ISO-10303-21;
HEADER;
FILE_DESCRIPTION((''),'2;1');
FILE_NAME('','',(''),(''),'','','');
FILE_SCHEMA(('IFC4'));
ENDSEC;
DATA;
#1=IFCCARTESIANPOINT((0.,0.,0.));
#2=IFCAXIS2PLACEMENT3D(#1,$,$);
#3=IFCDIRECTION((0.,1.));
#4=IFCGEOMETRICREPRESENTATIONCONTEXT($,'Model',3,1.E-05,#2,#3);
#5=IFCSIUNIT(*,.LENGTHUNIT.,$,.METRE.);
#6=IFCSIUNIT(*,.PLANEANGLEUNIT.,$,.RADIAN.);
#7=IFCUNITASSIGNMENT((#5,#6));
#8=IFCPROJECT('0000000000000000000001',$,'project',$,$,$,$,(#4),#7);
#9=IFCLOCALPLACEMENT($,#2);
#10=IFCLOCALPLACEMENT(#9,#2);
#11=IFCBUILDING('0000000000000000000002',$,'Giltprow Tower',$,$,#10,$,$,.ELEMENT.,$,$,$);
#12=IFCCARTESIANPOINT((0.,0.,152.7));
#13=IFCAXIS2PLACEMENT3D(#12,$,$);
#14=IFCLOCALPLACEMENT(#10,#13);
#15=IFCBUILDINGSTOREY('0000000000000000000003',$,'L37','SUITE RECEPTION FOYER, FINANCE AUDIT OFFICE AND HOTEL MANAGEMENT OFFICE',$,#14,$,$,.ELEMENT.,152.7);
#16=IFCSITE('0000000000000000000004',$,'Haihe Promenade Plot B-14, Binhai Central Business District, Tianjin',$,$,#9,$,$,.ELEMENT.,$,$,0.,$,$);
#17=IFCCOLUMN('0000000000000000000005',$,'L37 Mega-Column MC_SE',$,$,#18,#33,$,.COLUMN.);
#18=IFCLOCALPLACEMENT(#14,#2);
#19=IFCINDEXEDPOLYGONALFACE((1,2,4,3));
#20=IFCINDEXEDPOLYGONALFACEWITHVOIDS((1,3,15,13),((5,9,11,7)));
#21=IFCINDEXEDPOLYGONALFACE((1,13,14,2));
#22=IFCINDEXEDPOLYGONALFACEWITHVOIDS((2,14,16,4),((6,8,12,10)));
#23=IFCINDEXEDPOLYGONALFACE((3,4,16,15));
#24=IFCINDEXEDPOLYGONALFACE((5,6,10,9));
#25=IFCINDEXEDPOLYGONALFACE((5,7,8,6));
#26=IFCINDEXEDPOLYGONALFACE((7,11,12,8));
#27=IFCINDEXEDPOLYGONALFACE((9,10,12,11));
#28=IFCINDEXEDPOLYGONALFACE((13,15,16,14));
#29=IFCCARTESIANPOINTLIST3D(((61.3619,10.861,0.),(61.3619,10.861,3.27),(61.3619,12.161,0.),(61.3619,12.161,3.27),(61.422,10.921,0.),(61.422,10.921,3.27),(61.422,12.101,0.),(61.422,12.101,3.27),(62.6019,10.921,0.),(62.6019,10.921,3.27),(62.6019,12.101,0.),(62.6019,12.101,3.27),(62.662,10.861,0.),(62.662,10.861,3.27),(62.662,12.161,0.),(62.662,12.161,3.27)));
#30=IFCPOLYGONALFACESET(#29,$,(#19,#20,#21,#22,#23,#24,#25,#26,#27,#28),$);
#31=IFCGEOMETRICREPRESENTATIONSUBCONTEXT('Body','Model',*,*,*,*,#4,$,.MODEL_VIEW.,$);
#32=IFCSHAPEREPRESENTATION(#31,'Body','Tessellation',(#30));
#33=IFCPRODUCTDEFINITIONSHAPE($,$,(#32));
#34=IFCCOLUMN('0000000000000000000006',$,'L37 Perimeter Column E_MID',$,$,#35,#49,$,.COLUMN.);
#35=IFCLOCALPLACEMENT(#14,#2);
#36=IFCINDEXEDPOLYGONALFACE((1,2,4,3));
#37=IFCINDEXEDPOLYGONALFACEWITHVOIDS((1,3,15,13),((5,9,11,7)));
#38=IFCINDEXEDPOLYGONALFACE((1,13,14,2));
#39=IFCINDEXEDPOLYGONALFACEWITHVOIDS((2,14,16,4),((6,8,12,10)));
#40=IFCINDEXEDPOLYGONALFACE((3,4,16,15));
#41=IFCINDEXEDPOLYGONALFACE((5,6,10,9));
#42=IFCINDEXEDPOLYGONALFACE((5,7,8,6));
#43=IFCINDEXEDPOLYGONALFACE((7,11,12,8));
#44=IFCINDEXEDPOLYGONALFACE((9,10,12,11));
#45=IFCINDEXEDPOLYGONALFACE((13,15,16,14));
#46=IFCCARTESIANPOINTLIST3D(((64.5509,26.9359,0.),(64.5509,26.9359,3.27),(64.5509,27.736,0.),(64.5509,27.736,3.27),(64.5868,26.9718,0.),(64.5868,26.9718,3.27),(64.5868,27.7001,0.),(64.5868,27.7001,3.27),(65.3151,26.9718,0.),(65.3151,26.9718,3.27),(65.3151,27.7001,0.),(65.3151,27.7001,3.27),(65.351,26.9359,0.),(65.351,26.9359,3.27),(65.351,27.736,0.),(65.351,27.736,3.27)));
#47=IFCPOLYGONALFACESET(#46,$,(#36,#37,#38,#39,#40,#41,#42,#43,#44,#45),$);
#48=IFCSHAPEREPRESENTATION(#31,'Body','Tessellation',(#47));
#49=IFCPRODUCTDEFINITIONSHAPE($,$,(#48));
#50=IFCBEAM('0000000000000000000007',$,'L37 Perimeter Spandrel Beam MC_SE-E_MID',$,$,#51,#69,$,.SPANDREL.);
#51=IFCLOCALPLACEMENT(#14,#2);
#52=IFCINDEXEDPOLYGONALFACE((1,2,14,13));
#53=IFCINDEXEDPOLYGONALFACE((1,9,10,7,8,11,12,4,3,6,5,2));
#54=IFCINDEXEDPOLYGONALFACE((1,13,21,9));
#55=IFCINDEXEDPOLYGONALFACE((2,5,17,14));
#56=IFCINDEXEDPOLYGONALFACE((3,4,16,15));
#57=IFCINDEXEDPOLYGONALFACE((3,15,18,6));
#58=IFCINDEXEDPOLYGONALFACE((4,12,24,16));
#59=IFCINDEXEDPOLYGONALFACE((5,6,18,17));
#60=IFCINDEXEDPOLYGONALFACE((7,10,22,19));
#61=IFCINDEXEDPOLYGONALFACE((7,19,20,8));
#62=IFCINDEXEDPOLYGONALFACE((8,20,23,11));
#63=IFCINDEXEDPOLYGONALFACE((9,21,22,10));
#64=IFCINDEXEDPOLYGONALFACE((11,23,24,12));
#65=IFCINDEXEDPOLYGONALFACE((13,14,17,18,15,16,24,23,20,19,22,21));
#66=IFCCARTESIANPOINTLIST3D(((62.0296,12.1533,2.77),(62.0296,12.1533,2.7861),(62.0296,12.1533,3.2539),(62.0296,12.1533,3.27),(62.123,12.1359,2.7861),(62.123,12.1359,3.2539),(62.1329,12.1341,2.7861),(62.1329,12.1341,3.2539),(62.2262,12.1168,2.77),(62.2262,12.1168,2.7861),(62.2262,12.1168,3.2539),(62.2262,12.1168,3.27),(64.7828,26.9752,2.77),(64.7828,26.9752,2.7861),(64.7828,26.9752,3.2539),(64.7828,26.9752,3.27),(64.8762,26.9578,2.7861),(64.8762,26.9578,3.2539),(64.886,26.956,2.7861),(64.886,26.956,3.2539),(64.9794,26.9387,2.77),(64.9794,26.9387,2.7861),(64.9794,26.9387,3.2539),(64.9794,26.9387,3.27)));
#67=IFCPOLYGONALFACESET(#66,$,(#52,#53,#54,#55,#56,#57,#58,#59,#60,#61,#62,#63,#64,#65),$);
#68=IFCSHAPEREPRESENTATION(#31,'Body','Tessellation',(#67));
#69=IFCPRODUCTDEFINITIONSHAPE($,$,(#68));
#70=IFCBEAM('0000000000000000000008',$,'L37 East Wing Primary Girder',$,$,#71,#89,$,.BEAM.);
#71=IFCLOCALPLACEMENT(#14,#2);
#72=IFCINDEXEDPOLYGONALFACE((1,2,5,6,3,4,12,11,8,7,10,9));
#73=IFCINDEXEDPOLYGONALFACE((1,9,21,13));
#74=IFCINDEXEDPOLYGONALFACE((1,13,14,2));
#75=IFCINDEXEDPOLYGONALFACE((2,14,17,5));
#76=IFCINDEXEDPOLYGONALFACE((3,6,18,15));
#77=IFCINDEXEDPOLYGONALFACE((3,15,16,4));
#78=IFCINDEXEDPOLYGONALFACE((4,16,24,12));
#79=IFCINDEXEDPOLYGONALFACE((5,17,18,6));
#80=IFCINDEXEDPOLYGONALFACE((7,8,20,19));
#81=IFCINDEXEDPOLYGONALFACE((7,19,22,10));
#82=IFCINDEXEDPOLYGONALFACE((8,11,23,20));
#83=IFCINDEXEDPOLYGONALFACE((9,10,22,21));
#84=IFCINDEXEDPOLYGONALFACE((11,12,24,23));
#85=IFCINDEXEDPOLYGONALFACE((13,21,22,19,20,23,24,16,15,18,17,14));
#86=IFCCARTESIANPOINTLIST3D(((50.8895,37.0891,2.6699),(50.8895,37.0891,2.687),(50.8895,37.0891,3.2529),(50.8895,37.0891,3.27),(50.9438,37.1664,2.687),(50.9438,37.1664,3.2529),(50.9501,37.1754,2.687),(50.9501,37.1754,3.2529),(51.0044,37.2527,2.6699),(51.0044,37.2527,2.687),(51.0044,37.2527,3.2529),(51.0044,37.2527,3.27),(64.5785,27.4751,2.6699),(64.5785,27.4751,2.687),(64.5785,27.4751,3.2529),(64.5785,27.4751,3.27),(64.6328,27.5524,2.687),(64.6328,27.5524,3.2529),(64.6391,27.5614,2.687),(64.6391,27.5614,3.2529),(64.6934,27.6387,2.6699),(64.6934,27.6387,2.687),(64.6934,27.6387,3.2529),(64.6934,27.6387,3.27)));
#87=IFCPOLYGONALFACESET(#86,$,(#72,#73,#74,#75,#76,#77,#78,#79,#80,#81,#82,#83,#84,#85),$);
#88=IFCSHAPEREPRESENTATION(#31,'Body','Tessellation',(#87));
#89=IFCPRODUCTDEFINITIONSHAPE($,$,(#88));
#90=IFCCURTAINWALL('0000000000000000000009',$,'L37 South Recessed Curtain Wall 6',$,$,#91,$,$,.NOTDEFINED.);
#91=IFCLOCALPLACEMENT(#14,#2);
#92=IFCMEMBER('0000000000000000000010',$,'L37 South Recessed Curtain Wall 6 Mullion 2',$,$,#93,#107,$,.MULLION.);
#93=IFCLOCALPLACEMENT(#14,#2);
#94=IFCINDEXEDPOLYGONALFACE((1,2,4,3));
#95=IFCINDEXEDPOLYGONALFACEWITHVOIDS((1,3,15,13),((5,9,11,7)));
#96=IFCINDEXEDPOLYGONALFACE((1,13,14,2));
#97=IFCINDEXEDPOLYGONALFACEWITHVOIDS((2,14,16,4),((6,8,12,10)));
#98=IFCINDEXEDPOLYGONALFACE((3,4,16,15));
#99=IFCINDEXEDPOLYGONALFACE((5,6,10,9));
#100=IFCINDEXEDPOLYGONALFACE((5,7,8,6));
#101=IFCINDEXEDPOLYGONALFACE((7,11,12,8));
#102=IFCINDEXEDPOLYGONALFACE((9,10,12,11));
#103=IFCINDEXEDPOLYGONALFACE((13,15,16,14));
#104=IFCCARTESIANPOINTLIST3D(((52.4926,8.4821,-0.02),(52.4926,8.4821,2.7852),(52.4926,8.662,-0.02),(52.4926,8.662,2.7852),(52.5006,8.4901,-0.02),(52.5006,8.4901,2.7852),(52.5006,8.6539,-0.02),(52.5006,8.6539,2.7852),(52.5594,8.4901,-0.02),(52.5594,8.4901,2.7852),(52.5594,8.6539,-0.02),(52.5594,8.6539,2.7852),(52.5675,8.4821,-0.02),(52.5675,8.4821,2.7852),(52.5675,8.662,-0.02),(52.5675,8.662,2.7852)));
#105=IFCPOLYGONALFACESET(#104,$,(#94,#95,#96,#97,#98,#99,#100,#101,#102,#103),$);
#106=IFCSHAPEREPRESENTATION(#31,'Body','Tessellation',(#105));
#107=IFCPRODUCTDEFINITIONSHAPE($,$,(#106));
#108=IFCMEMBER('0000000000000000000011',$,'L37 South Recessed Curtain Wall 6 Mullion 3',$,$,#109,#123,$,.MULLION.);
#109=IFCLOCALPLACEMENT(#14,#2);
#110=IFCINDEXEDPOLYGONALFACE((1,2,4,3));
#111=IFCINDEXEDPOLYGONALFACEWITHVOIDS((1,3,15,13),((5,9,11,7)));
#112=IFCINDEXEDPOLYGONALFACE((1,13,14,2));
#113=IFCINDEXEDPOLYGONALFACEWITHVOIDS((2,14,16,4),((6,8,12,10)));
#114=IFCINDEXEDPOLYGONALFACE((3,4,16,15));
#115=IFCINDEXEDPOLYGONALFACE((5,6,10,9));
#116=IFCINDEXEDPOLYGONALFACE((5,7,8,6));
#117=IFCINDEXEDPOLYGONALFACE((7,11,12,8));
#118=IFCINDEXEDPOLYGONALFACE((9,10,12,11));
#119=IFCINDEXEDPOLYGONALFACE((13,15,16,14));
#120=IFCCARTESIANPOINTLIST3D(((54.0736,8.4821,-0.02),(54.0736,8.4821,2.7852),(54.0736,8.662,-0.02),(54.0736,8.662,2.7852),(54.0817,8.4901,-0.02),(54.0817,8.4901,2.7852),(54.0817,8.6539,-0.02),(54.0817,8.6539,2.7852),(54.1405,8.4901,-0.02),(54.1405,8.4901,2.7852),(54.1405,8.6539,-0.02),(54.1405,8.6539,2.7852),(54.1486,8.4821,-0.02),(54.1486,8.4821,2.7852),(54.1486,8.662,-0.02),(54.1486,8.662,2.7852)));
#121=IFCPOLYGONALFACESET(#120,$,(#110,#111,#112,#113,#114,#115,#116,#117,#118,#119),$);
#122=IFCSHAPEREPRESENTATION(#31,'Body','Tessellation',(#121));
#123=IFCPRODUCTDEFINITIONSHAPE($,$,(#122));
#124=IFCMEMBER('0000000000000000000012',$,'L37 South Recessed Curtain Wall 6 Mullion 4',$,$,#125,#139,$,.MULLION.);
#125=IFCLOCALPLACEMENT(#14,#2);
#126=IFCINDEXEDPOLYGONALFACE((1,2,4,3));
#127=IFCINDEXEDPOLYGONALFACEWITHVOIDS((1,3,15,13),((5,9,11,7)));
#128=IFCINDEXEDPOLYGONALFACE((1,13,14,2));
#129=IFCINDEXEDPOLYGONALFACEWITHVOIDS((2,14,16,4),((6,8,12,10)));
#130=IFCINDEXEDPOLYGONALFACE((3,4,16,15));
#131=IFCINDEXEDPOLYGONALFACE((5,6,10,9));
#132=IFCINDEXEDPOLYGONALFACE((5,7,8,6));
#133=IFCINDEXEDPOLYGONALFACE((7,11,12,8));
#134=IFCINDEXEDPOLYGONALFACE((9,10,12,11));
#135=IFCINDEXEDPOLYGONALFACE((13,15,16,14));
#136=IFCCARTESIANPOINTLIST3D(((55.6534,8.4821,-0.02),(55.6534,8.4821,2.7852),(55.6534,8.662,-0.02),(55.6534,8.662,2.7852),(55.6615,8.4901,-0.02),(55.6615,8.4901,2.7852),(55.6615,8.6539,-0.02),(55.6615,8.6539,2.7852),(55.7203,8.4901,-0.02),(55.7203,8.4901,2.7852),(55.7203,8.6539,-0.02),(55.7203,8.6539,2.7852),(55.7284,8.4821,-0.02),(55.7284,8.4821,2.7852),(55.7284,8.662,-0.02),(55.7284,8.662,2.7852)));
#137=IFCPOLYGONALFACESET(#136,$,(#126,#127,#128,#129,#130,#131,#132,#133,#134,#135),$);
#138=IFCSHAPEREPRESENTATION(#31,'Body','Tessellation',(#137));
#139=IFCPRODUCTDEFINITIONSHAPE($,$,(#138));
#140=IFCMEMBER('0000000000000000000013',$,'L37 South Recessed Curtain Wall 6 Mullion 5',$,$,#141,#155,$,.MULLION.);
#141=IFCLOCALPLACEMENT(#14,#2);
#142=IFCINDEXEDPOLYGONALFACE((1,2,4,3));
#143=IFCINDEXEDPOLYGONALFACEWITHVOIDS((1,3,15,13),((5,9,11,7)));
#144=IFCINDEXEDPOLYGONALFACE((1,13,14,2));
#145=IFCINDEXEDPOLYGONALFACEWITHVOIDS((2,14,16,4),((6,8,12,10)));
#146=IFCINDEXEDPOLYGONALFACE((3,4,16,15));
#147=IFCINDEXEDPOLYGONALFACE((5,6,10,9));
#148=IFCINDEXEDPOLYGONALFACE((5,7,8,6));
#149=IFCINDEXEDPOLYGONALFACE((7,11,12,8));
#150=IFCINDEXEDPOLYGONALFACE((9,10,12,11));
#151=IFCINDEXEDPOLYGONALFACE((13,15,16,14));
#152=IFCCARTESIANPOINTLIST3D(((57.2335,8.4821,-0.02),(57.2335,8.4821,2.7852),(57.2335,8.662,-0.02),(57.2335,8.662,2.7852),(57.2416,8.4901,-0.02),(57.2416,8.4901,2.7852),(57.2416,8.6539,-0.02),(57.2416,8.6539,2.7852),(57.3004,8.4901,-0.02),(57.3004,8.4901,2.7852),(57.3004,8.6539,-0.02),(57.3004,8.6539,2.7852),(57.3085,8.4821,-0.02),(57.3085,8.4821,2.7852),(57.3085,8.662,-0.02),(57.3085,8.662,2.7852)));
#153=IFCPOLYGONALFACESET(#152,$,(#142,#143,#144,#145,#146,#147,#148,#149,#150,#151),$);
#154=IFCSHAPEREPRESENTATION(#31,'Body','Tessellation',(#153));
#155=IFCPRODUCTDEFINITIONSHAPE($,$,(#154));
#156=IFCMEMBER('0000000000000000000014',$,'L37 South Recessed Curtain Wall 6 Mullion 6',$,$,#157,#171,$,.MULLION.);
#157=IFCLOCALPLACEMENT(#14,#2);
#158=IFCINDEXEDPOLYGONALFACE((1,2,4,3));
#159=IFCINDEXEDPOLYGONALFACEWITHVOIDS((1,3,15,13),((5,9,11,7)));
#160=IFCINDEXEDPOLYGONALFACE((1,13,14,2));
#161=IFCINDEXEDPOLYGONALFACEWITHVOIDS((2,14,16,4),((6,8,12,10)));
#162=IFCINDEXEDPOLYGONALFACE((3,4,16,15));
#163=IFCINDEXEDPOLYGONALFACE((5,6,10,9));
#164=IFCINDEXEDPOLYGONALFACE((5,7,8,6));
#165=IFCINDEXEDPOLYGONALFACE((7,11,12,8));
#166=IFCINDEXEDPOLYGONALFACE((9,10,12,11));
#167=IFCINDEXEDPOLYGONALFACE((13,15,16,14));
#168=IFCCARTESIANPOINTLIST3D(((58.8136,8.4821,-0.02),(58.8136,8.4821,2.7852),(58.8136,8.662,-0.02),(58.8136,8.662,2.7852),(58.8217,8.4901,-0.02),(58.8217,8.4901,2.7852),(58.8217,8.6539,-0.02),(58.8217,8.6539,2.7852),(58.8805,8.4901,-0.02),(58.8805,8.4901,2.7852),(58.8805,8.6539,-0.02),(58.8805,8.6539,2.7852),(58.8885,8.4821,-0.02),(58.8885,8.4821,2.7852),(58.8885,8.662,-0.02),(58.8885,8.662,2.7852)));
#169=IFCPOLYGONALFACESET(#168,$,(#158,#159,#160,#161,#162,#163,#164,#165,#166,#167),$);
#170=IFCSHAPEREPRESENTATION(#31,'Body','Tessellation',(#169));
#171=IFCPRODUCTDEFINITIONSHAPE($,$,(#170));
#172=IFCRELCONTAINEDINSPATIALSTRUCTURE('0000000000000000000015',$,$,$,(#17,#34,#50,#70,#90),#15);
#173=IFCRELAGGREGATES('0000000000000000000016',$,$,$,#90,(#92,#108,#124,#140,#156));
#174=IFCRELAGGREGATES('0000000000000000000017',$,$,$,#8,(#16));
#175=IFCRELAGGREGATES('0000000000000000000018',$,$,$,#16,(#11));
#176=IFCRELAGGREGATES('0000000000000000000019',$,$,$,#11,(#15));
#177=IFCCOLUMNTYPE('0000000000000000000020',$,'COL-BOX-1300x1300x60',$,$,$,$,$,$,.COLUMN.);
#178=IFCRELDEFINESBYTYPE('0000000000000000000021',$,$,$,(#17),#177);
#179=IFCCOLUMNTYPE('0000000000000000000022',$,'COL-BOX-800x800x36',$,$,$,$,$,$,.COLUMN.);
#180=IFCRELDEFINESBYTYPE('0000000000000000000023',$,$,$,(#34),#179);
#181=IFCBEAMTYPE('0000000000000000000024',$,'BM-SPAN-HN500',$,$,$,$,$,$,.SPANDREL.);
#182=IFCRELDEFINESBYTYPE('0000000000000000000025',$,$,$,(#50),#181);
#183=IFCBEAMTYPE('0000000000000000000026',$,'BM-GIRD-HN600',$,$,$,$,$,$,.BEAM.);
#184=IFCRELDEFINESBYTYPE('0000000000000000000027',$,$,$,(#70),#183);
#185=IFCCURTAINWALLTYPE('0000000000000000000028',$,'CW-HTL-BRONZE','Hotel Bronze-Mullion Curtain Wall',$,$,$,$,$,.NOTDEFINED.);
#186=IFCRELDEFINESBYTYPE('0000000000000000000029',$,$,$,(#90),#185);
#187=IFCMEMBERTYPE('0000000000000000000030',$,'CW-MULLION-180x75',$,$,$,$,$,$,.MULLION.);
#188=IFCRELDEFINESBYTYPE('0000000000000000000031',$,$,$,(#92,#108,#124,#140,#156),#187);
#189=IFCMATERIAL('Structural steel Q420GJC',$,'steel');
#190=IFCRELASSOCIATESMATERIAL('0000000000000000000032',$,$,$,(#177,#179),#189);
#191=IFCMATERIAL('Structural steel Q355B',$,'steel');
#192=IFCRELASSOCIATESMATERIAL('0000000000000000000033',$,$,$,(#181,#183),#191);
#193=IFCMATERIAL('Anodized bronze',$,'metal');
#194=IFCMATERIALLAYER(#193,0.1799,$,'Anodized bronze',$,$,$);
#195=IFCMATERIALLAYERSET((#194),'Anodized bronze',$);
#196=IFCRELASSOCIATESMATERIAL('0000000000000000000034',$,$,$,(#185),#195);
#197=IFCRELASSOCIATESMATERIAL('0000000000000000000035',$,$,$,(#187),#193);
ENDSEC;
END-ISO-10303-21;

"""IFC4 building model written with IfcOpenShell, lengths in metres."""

from ifc_helpers import new_model, si_unit, direction, frame, origin, origin_2d, place, context, subcontext, project, spatial, hollow_rectangle, i_section, extrude, source, transform, mapped, material, layer, layer_set, material_profile, profile_set, type_object, element, aggregate, save


model = new_model("IFC4")

# Units and contexts
model_context = context("Model", 3, precision=1e-05, world=origin(), true_north=direction((0.0, 1.0)))
body_context = subcontext(model_context, "Body", "Model", "MODEL_VIEW")
ifc_project = project(units=[si_unit("LENGTHUNIT", "METRE"), si_unit("PLANEANGLEUNIT", "RADIAN")], contexts=[model_context])

# Site, building, storey
site_placement = place(None, origin())
site = spatial("IfcSite", under=ifc_project, at=site_placement, Name="Haihe Promenade Plot B-14, Binhai Central Business District, Tianjin", CompositionType="ELEMENT", RefElevation=0.0)
building_placement = place(site_placement, origin())
building = spatial("IfcBuilding", under=site, at=building_placement, Name="Giltprow Tower", CompositionType="ELEMENT")
storey_placement = place(building_placement, frame((0.0, 0.0, 152.7)))
storey = spatial("IfcBuildingStorey", under=building, at=storey_placement, Name="L37", Description="SUITE RECEPTION FOYER, FINANCE AUDIT OFFICE AND HOTEL MANAGEMENT OFFICE", CompositionType="ELEMENT", Elevation=152.7)

# Columns
ifc_material_1 = material(Name="Structural steel Q420GJC", Category="steel")
ifc_material_profile_1 = material_profile(ifc_material_1, hollow_rectangle(XDim=1.3, YDim=1.3, WallThickness=0.0601, at=origin_2d()), Name="BOX 1300x1300x60")
ifc_profile_set_1 = profile_set([ifc_material_profile_1], Name="Structural steel Q420GJC")
column_type_1 = type_object("IfcColumnType", Name="COL-BOX-1300x1300x60", PredefinedType="COLUMN", material=ifc_profile_set_1)
shared_shape_1 = source(origin(), body_context, "Body", "SweptSolid", [
    extrude(hollow_rectangle(XDim=1.3, YDim=1.3, WallThickness=0.0601, at=origin_2d()), origin(), (0.0, 0.0, 1.0), 3.27),
])
column_1_placement = place(storey_placement, frame((62.012, 11.511, 0.0), z_axis=(0.0, 0.0, 1.0), x_axis=(1.0, 0.0, 0.0)))
element("IfcColumn", 1, at=column_1_placement, inside=storey, type_object=column_type_1, Name="L37 Mega-Column MC_SE", PredefinedType="COLUMN", context=body_context, shape_type="MappedRepresentation", body=[
    mapped(shared_shape_1, transform((0.0, 0.0, 0.0), x_axis=(1.0, 0.0, 0.0), y_axis=(0.0, 1.0, 0.0), z_axis=(0.0, 0.0, 1.0), scale=1.0)),
])
ifc_material_profile_2 = material_profile(ifc_material_1, hollow_rectangle(XDim=0.8, YDim=0.8, WallThickness=0.0359, at=origin_2d()), Name="BOX 800x800x36")
ifc_profile_set_2 = profile_set([ifc_material_profile_2], Name="Structural steel Q420GJC")
column_type_2 = type_object("IfcColumnType", Name="COL-BOX-800x800x36", PredefinedType="COLUMN", material=ifc_profile_set_2)
shared_shape_2 = source(origin(), body_context, "Body", "SweptSolid", [
    extrude(hollow_rectangle(XDim=0.8, YDim=0.8, WallThickness=0.0359, at=origin_2d()), origin(), (0.0, 0.0, 1.0), 3.27),
])
column_2_placement = place(storey_placement, frame((64.9509, 27.3359, 0.0), z_axis=(0.0, 0.0, 1.0), x_axis=(1.0, 0.0, 0.0)))
element("IfcColumn", 2, at=column_2_placement, inside=storey, type_object=column_type_2, Name="L37 Perimeter Column E_MID", PredefinedType="COLUMN", context=body_context, shape_type="MappedRepresentation", body=[
    mapped(shared_shape_2, transform((0.0, 0.0, 0.0), x_axis=(1.0, 0.0, 0.0), y_axis=(0.0, 1.0, 0.0), z_axis=(0.0, 0.0, 1.0), scale=1.0)),
])

# Beams
ifc_material_2 = material(Name="Structural steel Q355B", Category="steel")
ifc_material_profile_3 = material_profile(ifc_material_2, i_section(OverallWidth=0.2, OverallDepth=0.5, WebThickness=0.01, FlangeThickness=0.0161, at=origin_2d()), Name="HN 500x200x10x16")
ifc_profile_set_3 = profile_set([ifc_material_profile_3], Name="Structural steel Q355B")
beam_type_1 = type_object("IfcBeamType", Name="BM-SPAN-HN500", PredefinedType="SPANDREL", material=ifc_profile_set_3)
shared_shape_3 = source(origin(), body_context, "Body", "SweptSolid", [
    extrude(i_section(OverallWidth=0.2, OverallDepth=0.5, WebThickness=0.01, FlangeThickness=0.0161, at=origin_2d()), origin(), (0.0, 0.0, 1.0), 15.0754),
])
beam_1_placement = place(storey_placement, frame((62.1279, 12.135, 3.02), z_axis=(0.182625, 0.983183, 0.0), x_axis=(-0.983183, 0.182625, 0.0)))
element("IfcBeam", 3, at=beam_1_placement, inside=storey, type_object=beam_type_1, Name="L37 Perimeter Spandrel Beam MC_SE-E_MID", PredefinedType="SPANDREL", context=body_context, shape_type="MappedRepresentation", body=[
    mapped(shared_shape_3, transform((0.0, 0.0, 0.0), x_axis=(1.0, 0.0, 0.0), y_axis=(0.0, 1.0, 0.0), z_axis=(0.0, 0.0, 1.0), scale=1.0)),
])
ifc_material_profile_4 = material_profile(ifc_material_2, i_section(OverallWidth=0.2, OverallDepth=0.6001, WebThickness=0.011, FlangeThickness=0.0171, at=origin_2d()), Name="HN 600x200x11x17")
ifc_profile_set_4 = profile_set([ifc_material_profile_4], Name="Structural steel Q355B")
beam_type_2 = type_object("IfcBeamType", Name="BM-GIRD-HN600", PredefinedType="BEAM", material=ifc_profile_set_4)
shared_shape_4 = source(origin(), body_context, "Body", "SweptSolid", [
    extrude(i_section(OverallWidth=0.2, OverallDepth=0.6001, WebThickness=0.011, FlangeThickness=0.0171, at=origin_2d()), origin(), (0.0, 0.0, 1.0), 16.7278),
])
beam_2_placement = place(storey_placement, frame((64.636, 27.5569, 2.97), z_axis=(-0.81834, 0.574735, 0.0), x_axis=(-0.574735, -0.81834, 0.0)))
element("IfcBeam", 4, at=beam_2_placement, inside=storey, type_object=beam_type_2, Name="L37 East Wing Primary Girder", PredefinedType="BEAM", context=body_context, shape_type="MappedRepresentation", body=[
    mapped(shared_shape_4, transform((0.0, 0.0, 0.0), x_axis=(1.0, 0.0, 0.0), y_axis=(0.0, 1.0, 0.0), z_axis=(0.0, 0.0, 1.0), scale=1.0)),
])

# Curtain wall, members
ifc_material_3 = material(Name="Anodized bronze", Category="metal")
ifc_layer_1 = layer(ifc_material_3, 0.1799, Name="Anodized bronze")
ifc_layer_set_1 = layer_set([ifc_layer_1], Name="Anodized bronze")
curtain_wall_type = type_object("IfcCurtainWallType", Name="CW-HTL-BRONZE", Description="Hotel Bronze-Mullion Curtain Wall", PredefinedType="NOTDEFINED", material=ifc_layer_set_1)
curtain_wall_placement = place(storey_placement, origin())
curtain_wall = element("IfcCurtainWall", 5, at=curtain_wall_placement, inside=storey, type_object=curtain_wall_type, Name="L37 South Recessed Curtain Wall 6", PredefinedType="NOTDEFINED")
ifc_material_profile_5 = material_profile(ifc_material_3, hollow_rectangle(XDim=0.075, YDim=0.1799, WallThickness=0.0081, at=origin_2d()), Name="RHS 180x75x8")
ifc_profile_set_5 = profile_set([ifc_material_profile_5], Name="Anodized bronze")
member_type_1 = type_object("IfcMemberType", Name="CW-MULLION-180x75", PredefinedType="MULLION", material=ifc_profile_set_5)
shared_shape_5 = source(origin(), body_context, "Body", "SweptSolid", [
    extrude(hollow_rectangle(XDim=0.075, YDim=0.1799, WallThickness=0.0081, at=origin_2d()), origin(), (0.0, 0.0, 1.0), 2.8052),
])
member_1_placement = place(storey_placement, frame((52.53, 8.572, -0.02), z_axis=(0.0, 0.0, 1.0), x_axis=(1.0, 0.0, 0.0)))
member_1 = element("IfcMember", 6, at=member_1_placement, type_object=member_type_1, Name="L37 South Recessed Curtain Wall 6 Mullion 2", PredefinedType="MULLION", context=body_context, shape_type="MappedRepresentation", body=[
    mapped(shared_shape_5, transform((0.0, 0.0, 0.0), x_axis=(1.0, 0.0, 0.0), y_axis=(0.0, 1.0, 0.0), z_axis=(0.0, 0.0, 1.0), scale=1.0)),
])
member_2_placement = place(storey_placement, frame((54.1111, 8.572, -0.02), z_axis=(0.0, 0.0, 1.0), x_axis=(1.0, 0.0, 0.0)))
member_2 = element("IfcMember", 7, at=member_2_placement, type_object=member_type_1, Name="L37 South Recessed Curtain Wall 6 Mullion 3", PredefinedType="MULLION", context=body_context, shape_type="MappedRepresentation", body=[
    mapped(shared_shape_5, transform((0.0, 0.0, 0.0), x_axis=(1.0, 0.0, 0.0), y_axis=(0.0, 1.0, 0.0), z_axis=(0.0, 0.0, 1.0), scale=1.0)),
])
member_3_placement = place(storey_placement, frame((55.6909, 8.572, -0.02), z_axis=(0.0, 0.0, 1.0), x_axis=(1.0, 0.0, 0.0)))
member_3 = element("IfcMember", 8, at=member_3_placement, type_object=member_type_1, Name="L37 South Recessed Curtain Wall 6 Mullion 4", PredefinedType="MULLION", context=body_context, shape_type="MappedRepresentation", body=[
    mapped(shared_shape_5, transform((0.0, 0.0, 0.0), x_axis=(1.0, 0.0, 0.0), y_axis=(0.0, 1.0, 0.0), z_axis=(0.0, 0.0, 1.0), scale=1.0)),
])
member_4_placement = place(storey_placement, frame((57.271, 8.572, -0.02), z_axis=(0.0, 0.0, 1.0), x_axis=(1.0, 0.0, 0.0)))
member_4 = element("IfcMember", 9, at=member_4_placement, type_object=member_type_1, Name="L37 South Recessed Curtain Wall 6 Mullion 5", PredefinedType="MULLION", context=body_context, shape_type="MappedRepresentation", body=[
    mapped(shared_shape_5, transform((0.0, 0.0, 0.0), x_axis=(1.0, 0.0, 0.0), y_axis=(0.0, 1.0, 0.0), z_axis=(0.0, 0.0, 1.0), scale=1.0)),
])
member_5_placement = place(storey_placement, frame((58.8511, 8.572, -0.02), z_axis=(0.0, 0.0, 1.0), x_axis=(1.0, 0.0, 0.0)))
member_5 = element("IfcMember", 10, at=member_5_placement, type_object=member_type_1, Name="L37 South Recessed Curtain Wall 6 Mullion 6", PredefinedType="MULLION", context=body_context, shape_type="MappedRepresentation", body=[
    mapped(shared_shape_5, transform((0.0, 0.0, 0.0), x_axis=(1.0, 0.0, 0.0), y_axis=(0.0, 1.0, 0.0), z_axis=(0.0, 0.0, 1.0), scale=1.0)),
])
aggregate(curtain_wall, [member_1, member_2, member_3, member_4, member_5])

save(model, "model.ifc")
